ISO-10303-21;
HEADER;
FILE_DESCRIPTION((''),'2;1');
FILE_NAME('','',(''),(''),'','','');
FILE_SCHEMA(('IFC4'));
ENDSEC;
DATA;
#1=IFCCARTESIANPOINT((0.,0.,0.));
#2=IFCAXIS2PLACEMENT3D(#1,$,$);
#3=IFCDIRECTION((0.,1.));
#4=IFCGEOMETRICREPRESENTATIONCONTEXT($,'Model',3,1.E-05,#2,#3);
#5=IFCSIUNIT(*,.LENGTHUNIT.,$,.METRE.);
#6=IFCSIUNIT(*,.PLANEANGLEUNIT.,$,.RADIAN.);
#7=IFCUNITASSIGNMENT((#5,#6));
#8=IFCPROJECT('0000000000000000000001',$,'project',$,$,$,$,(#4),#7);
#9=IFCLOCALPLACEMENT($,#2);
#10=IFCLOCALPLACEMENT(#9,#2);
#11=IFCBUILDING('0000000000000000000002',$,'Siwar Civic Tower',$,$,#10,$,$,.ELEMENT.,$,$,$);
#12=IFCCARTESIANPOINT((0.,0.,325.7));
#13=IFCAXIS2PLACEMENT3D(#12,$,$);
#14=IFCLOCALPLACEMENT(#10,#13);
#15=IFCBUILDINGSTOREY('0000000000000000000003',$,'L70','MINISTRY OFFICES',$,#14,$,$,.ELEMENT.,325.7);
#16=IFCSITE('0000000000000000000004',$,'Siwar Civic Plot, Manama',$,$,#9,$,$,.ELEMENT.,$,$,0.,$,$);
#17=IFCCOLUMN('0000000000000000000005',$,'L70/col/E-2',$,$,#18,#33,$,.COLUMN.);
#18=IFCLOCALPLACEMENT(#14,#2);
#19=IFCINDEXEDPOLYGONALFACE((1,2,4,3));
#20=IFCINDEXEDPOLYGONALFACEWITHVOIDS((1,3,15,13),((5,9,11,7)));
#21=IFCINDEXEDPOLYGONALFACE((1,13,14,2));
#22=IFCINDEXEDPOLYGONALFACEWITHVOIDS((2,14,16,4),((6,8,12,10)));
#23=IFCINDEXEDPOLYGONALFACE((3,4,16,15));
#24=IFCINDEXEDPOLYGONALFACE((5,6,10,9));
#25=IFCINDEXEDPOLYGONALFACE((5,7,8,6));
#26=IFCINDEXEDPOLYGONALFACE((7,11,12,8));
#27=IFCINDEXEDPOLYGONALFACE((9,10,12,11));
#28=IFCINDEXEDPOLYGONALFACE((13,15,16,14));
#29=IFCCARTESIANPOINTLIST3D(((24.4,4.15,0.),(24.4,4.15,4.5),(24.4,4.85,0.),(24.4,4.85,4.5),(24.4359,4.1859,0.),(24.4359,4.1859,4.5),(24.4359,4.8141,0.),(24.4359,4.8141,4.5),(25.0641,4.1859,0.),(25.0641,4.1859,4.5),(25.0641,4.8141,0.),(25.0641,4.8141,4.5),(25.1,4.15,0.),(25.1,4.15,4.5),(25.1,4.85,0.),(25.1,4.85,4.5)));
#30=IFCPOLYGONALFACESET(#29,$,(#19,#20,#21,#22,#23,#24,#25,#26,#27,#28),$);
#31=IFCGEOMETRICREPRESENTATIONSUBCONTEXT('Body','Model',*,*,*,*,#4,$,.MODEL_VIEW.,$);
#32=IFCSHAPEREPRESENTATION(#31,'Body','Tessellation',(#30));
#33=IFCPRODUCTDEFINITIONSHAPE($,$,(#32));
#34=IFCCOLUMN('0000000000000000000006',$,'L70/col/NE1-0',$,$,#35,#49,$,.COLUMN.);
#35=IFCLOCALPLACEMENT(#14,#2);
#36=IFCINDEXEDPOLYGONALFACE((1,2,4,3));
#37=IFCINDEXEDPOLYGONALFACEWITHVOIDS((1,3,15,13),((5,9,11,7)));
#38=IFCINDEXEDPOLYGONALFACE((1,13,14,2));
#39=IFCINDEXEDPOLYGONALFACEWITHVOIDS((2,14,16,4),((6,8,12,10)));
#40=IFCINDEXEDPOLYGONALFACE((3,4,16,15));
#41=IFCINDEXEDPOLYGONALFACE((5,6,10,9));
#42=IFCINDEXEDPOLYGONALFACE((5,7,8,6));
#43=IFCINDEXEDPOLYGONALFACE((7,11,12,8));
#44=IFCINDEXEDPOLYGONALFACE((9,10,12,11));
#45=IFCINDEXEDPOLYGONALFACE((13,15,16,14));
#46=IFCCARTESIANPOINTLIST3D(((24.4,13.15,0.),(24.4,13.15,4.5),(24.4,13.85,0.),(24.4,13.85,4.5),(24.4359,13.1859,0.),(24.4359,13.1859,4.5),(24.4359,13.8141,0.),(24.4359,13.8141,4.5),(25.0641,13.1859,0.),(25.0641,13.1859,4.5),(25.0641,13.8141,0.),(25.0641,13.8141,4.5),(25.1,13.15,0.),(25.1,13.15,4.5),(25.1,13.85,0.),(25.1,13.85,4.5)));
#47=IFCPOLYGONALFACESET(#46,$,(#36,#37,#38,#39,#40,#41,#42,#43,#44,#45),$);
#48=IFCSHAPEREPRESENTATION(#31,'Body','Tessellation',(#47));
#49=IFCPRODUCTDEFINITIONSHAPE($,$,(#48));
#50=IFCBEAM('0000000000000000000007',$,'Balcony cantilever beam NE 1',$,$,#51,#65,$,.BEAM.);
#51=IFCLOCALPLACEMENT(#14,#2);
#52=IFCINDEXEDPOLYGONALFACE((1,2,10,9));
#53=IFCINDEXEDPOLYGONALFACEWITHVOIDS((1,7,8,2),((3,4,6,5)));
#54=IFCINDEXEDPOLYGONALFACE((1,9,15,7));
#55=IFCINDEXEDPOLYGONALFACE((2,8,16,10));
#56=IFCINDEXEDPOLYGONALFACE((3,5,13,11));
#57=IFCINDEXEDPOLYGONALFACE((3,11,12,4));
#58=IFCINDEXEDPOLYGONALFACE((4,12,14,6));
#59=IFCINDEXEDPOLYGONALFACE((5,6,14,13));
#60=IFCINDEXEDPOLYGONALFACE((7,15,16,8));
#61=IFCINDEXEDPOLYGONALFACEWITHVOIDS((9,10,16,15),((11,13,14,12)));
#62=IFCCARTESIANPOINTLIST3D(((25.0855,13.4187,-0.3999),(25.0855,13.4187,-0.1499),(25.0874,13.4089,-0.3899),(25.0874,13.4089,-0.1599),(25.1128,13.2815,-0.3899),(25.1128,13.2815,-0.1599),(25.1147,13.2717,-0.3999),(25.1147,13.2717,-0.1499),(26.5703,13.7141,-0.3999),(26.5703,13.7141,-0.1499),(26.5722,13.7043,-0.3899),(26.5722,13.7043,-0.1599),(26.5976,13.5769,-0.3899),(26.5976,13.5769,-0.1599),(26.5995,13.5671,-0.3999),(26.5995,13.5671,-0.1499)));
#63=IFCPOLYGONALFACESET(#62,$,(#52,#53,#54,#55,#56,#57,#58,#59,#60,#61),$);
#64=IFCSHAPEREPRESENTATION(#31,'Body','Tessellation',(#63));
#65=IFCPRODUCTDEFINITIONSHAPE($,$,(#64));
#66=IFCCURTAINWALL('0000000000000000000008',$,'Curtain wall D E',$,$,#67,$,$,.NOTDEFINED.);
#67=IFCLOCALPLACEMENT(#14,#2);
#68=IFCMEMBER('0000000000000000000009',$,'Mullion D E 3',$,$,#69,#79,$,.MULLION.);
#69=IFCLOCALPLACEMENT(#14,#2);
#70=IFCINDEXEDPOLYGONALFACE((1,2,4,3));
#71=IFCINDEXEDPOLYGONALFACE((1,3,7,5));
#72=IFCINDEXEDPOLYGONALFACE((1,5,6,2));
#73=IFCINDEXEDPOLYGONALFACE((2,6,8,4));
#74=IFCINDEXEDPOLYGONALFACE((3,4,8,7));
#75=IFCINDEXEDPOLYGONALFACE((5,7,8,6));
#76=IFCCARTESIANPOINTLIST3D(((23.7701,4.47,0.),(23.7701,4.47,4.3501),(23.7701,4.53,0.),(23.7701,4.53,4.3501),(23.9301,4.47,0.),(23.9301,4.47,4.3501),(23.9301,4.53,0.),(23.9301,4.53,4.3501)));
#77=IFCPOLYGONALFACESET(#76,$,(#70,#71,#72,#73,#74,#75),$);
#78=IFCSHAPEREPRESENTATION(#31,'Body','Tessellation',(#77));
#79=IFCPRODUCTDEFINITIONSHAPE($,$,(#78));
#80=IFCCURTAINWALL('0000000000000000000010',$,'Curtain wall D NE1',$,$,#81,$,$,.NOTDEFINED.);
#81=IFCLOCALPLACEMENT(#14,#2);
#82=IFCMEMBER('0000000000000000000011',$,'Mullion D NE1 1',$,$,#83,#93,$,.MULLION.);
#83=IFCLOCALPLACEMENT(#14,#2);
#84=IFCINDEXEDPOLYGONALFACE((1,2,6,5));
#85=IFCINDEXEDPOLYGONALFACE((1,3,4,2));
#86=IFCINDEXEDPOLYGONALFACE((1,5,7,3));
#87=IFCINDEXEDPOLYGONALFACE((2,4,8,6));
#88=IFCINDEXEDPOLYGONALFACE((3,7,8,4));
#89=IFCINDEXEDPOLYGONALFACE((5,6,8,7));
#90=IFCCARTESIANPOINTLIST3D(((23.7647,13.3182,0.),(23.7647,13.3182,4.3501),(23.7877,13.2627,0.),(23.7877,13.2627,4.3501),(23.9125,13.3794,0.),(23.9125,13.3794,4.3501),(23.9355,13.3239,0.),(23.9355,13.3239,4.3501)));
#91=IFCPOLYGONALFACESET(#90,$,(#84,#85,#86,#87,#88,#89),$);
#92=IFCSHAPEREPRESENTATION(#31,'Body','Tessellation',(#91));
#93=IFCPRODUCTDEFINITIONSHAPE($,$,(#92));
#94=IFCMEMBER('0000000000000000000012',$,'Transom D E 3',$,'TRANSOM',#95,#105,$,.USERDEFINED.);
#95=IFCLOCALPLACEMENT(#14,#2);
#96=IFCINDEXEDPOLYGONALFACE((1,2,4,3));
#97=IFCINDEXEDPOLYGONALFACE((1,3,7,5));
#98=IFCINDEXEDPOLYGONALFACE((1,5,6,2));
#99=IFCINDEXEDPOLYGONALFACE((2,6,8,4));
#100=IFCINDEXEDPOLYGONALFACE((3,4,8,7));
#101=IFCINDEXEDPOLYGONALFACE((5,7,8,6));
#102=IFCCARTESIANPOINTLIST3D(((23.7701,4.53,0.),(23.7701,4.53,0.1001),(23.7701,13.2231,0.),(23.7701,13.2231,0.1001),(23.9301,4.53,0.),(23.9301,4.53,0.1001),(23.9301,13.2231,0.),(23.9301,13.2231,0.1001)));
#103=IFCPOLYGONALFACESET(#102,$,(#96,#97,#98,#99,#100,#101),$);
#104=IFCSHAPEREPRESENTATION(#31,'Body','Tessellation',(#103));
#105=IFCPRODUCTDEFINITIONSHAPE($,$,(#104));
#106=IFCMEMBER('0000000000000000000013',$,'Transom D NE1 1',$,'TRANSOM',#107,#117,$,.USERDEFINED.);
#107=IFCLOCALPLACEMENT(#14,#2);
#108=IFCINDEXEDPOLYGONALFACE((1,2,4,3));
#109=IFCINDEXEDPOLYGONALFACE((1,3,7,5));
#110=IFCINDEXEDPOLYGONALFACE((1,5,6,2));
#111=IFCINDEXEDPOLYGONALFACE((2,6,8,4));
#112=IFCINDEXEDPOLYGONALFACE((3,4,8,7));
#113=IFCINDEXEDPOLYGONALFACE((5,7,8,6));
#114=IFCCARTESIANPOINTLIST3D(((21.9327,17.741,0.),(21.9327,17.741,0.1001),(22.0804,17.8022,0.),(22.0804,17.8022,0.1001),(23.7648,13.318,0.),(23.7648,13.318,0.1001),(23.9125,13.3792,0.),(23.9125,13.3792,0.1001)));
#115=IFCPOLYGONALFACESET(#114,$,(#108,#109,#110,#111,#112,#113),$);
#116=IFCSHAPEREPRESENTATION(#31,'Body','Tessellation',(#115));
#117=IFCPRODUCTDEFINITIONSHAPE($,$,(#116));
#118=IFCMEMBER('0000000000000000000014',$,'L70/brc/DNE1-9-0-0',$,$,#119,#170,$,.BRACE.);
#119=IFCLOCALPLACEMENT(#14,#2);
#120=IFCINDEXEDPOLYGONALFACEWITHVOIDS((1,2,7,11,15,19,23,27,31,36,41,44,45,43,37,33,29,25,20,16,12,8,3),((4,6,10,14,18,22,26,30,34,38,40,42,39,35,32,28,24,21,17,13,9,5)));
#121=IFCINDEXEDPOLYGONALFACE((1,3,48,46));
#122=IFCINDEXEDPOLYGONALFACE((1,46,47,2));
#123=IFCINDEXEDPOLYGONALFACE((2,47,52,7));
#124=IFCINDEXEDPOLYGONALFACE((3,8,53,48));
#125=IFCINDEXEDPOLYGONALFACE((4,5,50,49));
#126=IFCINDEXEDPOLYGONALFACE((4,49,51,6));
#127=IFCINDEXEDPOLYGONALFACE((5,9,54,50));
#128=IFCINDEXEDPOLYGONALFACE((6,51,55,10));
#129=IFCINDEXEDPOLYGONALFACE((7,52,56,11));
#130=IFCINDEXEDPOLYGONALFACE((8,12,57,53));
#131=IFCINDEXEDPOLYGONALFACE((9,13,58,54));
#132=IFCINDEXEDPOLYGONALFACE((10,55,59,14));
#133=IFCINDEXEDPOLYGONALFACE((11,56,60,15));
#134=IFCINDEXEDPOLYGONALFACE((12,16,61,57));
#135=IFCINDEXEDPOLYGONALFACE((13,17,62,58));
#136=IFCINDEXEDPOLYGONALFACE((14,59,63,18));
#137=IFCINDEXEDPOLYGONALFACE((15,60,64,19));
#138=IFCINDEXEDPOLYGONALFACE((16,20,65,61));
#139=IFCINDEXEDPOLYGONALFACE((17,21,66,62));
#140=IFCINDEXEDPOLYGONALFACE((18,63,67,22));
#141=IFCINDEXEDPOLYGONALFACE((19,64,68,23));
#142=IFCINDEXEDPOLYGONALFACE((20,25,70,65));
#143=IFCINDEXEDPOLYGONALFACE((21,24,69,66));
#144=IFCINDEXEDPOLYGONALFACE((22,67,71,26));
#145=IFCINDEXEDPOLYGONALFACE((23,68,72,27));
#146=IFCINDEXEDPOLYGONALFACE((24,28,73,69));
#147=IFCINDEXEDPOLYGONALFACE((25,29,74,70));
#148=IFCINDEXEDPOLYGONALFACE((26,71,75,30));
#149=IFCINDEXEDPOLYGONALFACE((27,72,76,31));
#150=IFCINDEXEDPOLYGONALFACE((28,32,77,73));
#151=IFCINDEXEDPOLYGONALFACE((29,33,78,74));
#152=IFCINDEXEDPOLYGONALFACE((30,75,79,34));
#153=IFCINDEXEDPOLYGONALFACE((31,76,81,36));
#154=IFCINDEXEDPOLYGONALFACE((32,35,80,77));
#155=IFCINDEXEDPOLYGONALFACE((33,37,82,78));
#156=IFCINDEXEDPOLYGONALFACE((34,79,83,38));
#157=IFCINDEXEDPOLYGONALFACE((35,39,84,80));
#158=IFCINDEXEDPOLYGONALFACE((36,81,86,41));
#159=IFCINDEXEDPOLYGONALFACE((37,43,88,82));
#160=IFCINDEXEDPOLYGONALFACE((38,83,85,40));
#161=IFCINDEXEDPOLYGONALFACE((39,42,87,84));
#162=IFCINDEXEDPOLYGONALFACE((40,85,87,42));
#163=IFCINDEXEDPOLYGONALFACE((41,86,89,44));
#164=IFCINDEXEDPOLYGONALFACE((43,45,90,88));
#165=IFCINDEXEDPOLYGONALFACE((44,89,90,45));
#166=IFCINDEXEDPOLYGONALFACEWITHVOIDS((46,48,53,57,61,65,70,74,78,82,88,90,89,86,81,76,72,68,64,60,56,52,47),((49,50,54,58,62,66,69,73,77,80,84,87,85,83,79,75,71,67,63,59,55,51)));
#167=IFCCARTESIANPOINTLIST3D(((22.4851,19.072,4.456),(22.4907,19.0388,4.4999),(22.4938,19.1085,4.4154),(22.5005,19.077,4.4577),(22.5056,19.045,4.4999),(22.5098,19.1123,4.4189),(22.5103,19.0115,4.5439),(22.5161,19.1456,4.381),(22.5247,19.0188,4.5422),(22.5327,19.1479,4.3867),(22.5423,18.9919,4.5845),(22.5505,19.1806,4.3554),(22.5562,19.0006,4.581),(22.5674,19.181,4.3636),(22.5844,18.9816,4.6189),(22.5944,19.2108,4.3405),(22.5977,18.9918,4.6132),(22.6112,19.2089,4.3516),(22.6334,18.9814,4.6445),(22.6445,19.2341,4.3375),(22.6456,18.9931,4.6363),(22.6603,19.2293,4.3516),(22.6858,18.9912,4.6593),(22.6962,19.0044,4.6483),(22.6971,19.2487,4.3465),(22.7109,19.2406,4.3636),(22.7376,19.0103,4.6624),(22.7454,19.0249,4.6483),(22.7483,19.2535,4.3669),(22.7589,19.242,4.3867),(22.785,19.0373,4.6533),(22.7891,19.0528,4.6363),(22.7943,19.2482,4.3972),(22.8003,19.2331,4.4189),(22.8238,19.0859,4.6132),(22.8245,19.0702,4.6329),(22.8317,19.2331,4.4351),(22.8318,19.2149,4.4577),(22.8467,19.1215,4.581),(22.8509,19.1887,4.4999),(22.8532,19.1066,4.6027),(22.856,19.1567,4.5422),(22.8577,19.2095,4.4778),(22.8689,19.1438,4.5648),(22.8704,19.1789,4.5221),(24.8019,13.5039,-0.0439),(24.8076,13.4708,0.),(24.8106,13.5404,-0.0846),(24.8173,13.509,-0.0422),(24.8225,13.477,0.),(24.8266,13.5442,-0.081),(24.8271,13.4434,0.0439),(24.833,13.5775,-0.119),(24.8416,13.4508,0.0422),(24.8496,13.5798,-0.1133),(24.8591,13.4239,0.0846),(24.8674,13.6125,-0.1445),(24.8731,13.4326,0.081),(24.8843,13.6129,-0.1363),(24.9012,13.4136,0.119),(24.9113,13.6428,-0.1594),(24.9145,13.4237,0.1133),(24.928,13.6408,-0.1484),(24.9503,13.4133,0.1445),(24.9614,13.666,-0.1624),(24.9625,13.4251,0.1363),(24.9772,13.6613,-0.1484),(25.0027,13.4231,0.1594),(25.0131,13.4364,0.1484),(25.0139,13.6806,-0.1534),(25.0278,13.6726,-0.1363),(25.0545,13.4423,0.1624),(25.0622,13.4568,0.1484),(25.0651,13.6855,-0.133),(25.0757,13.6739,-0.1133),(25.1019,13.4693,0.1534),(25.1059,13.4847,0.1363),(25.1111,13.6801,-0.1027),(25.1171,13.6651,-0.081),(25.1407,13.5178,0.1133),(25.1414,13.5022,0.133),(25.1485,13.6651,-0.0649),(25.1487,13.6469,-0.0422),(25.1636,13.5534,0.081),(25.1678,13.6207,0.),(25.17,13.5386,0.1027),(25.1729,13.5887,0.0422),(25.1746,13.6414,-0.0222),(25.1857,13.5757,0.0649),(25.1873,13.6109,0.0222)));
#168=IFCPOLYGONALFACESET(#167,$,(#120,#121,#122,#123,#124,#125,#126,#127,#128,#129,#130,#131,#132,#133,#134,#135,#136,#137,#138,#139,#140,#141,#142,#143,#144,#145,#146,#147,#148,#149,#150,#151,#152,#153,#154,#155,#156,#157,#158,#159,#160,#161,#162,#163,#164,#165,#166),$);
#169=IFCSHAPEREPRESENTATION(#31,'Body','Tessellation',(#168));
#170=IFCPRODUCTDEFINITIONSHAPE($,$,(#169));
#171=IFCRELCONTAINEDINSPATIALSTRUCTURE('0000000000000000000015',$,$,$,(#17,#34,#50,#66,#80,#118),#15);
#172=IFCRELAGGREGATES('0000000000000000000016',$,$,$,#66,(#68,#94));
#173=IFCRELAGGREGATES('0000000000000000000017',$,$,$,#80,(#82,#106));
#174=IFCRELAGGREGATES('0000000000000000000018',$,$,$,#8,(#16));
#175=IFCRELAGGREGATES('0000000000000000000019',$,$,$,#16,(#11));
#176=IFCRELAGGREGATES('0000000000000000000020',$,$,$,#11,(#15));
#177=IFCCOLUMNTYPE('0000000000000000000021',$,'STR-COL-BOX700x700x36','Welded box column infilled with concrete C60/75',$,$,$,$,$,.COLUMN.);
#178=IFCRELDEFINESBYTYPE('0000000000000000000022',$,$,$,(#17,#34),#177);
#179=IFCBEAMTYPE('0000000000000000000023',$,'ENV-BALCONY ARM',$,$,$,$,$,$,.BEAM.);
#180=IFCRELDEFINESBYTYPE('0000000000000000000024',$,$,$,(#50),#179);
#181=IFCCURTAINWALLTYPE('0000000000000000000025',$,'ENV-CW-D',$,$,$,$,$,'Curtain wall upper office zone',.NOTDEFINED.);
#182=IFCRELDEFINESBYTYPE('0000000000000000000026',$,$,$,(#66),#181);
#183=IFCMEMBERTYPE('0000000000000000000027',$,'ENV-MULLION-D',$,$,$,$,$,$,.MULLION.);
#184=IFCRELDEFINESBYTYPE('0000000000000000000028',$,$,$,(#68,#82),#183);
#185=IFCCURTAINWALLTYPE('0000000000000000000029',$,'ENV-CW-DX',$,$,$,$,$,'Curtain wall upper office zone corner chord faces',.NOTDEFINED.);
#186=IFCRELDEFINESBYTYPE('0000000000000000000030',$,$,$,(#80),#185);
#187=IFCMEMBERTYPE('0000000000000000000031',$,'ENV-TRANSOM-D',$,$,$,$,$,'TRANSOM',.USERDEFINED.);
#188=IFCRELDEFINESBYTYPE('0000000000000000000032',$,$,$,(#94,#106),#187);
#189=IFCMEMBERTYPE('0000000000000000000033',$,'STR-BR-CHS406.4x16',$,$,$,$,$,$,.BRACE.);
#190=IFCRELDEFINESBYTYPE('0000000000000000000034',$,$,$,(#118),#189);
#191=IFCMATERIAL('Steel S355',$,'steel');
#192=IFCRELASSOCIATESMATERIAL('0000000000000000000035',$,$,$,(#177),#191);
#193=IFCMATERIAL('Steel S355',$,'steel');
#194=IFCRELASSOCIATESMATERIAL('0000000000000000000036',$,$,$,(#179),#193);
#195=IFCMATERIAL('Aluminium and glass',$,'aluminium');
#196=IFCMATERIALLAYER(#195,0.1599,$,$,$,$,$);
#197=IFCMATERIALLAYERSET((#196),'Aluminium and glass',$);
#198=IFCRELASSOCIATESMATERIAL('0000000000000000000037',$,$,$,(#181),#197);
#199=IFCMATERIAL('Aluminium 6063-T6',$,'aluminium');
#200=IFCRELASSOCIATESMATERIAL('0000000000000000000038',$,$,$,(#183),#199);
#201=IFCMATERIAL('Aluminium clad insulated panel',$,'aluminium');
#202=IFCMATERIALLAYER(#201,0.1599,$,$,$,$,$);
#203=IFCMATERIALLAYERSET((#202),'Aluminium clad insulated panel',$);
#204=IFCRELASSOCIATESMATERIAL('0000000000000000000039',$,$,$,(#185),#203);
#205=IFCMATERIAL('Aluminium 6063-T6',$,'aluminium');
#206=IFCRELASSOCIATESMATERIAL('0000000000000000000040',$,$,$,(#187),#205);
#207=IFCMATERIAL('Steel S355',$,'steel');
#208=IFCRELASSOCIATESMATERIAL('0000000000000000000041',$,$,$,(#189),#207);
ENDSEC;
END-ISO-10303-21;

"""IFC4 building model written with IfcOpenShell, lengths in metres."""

from ifc_helpers import new_model, si_unit, direction, frame, origin, origin_2d, place, context, subcontext, project, spatial, rectangle, hollow_rectangle, hollow_circle, extrude, material, layer, layer_set, material_profile, profile_set, type_object, element, aggregate, save


model = new_model("IFC4")

# Units and contexts
model_context = context("Model", 3, precision=1e-05, world=origin(), true_north=direction((0.0, 1.0)))
body_context = subcontext(model_context, "Body", "Model", "MODEL_VIEW")
ifc_project = project(units=[si_unit("LENGTHUNIT", "METRE"), si_unit("PLANEANGLEUNIT", "RADIAN")], contexts=[model_context])

# Site, building, storey
site_placement = place(None, origin())
site = spatial("IfcSite", under=ifc_project, at=site_placement, Name="Siwar Civic Plot, Manama", CompositionType="ELEMENT", RefElevation=0.0)
building_placement = place(site_placement, origin())
building = spatial("IfcBuilding", under=site, at=building_placement, Name="Siwar Civic Tower", CompositionType="ELEMENT")
storey_placement = place(building_placement, frame((0.0, 0.0, 325.7)))
storey = spatial("IfcBuildingStorey", under=building, at=storey_placement, Name="L70", Description="MINISTRY OFFICES", CompositionType="ELEMENT", Elevation=325.7)

# Columns
ifc_material_1 = material(Name="Steel S355", Category="steel")
ifc_material_profile_1 = material_profile(ifc_material_1, hollow_rectangle(XDim=0.7, YDim=0.7, WallThickness=0.0359, at=origin_2d()), Name="BOX700x700x36")
ifc_profile_set_1 = profile_set([ifc_material_profile_1], Name="Steel S355")
column_type = type_object("IfcColumnType", Name="STR-COL-BOX700x700x36", Description="Welded box column infilled with concrete C60/75", PredefinedType="COLUMN", material=ifc_profile_set_1)
for number, where, z_axis, x_axis, name in (
    (1, (24.75, 4.5, 0.0), (0.0, 0.0, 1.0), (1.0, 0.0, 0.0), "L70/col/E-2"),
    (2, (24.75, 13.5, 0.0), (0.0, 0.0, 1.0), (1.0, 0.0, 0.0), "L70/col/NE1-0"),
):
    element("IfcColumn", number, at=place(storey_placement, frame(where, z_axis=z_axis, x_axis=x_axis)), inside=storey, type_object=column_type, Name=name, PredefinedType="COLUMN", context=body_context, shape_type="SweptSolid", body=[
        extrude(hollow_rectangle(XDim=0.7, YDim=0.7, WallThickness=0.0359, at=origin_2d()), origin(), (0.0, 0.0, 1.0), 4.5),
    ])

# Beam
ifc_material_2 = material(Name="Steel S355", Category="steel")
ifc_material_profile_2 = material_profile(ifc_material_2, hollow_rectangle(XDim=0.1499, YDim=0.25, WallThickness=0.01, at=origin_2d()), Name="RHS250x150x10")
ifc_profile_set_2 = profile_set([ifc_material_profile_2], Name="Steel S355")
beam_type_1 = type_object("IfcBeamType", Name="ENV-BALCONY ARM", PredefinedType="BEAM", material=ifc_profile_set_2)
beam_1_placement = place(storey_placement, frame((25.1001, 13.3452, -0.2749), z_axis=(0.980779, 0.195124, 0.0), x_axis=(-0.195124, 0.980779, 0.0)))
element("IfcBeam", 3, at=beam_1_placement, inside=storey, type_object=beam_type_1, Name="Balcony cantilever beam NE 1", PredefinedType="BEAM", context=body_context, shape_type="SweptSolid", body=[
    extrude(hollow_rectangle(XDim=0.1499, YDim=0.25, WallThickness=0.01, at=origin_2d()), origin(), (0.0, 0.0, 1.0), 1.5139),
])

# Curtain walls, members
ifc_material_3 = material(Name="Aluminium and glass", Category="aluminium")
ifc_layer_1 = layer(ifc_material_3, 0.1599)
ifc_layer_set_1 = layer_set([ifc_layer_1], Name="Aluminium and glass")
curtain_wall_type_1 = type_object("IfcCurtainWallType", Name="ENV-CW-D", ElementType="Curtain wall upper office zone", PredefinedType="NOTDEFINED", material=ifc_layer_set_1)
curtain_wall_1_placement = place(storey_placement, origin())
curtain_wall_1 = element("IfcCurtainWall", 4, at=curtain_wall_1_placement, inside=storey, type_object=curtain_wall_type_1, Name="Curtain wall D E", PredefinedType="NOTDEFINED")
ifc_material_4 = material(Name="Aluminium 6063-T6", Category="aluminium")
ifc_material_profile_3 = material_profile(ifc_material_4, rectangle(XDim=0.1599, YDim=0.0601, at=origin_2d()), Name="AL 160x60")
ifc_profile_set_3 = profile_set([ifc_material_profile_3], Name="Aluminium 6063-T6")
member_type_1 = type_object("IfcMemberType", Name="ENV-MULLION-D", PredefinedType="MULLION", material=ifc_profile_set_3)
member_1_placement = place(storey_placement, frame((23.8501, 4.5, 0.0), z_axis=(0.0, 0.0, 1.0), x_axis=(-1.0, 0.0, 0.0)))
member_1 = element("IfcMember", 5, at=member_1_placement, type_object=member_type_1, Name="Mullion D E 3", PredefinedType="MULLION", context=body_context, shape_type="SweptSolid", body=[
    extrude(rectangle(XDim=0.1599, YDim=0.0601, at=origin_2d()), origin(), (0.0, 0.0, 1.0), 4.3501),
])
ifc_material_5 = material(Name="Aluminium clad insulated panel", Category="aluminium")
ifc_layer_2 = layer(ifc_material_5, 0.1599)
ifc_layer_set_2 = layer_set([ifc_layer_2], Name="Aluminium clad insulated panel")
curtain_wall_type_2 = type_object("IfcCurtainWallType", Name="ENV-CW-DX", ElementType="Curtain wall upper office zone corner chord faces", PredefinedType="NOTDEFINED", material=ifc_layer_set_2)
curtain_wall_2_placement = place(storey_placement, origin())
curtain_wall_2 = element("IfcCurtainWall", 6, at=curtain_wall_2_placement, inside=storey, type_object=curtain_wall_type_2, Name="Curtain wall D NE1", PredefinedType="NOTDEFINED")
member_2_placement = place(storey_placement, frame((23.8501, 13.321, 0.0), z_axis=(0.0, 0.0, 1.0), x_axis=(-0.92388, -0.382683, 0.0)))
member_2 = element("IfcMember", 7, at=member_2_placement, type_object=member_type_1, Name="Mullion D NE1 1", PredefinedType="MULLION", context=body_context, shape_type="SweptSolid", body=[
    extrude(rectangle(XDim=0.1599, YDim=0.0601, at=origin_2d()), origin(), (0.0, 0.0, 1.0), 4.3501),
])

# Members
ifc_material_6 = material(Name="Aluminium 6063-T6", Category="aluminium")
ifc_material_profile_4 = material_profile(ifc_material_6, rectangle(XDim=0.1599, YDim=0.1001, at=origin_2d()), Name="AL 160x100")
ifc_profile_set_4 = profile_set([ifc_material_profile_4], Name="Aluminium 6063-T6")
member_type_2 = type_object("IfcMemberType", Name="ENV-TRANSOM-D", ElementType="TRANSOM", PredefinedType="USERDEFINED", material=ifc_profile_set_4)
member_3_placement = place(storey_placement, frame((23.8501, 4.53, 0.05), z_axis=(0.0, 1.0, 0.0), x_axis=(-1.0, 0.0, 0.0)))
member_3 = element("IfcMember", 8, at=member_3_placement, type_object=member_type_2, Name="Transom D E 3", ObjectType="TRANSOM", PredefinedType="USERDEFINED", context=body_context, shape_type="SweptSolid", body=[
    extrude(rectangle(XDim=0.1599, YDim=0.1001, at=origin_2d()), origin(), (0.0, 0.0, 1.0), 8.6931),
])
member_4_placement = place(storey_placement, frame((23.8386, 13.3486, 0.05), z_axis=(-0.382688, 0.923878, 0.0), x_axis=(-0.923878, -0.382688, 0.0)))
member_4 = element("IfcMember", 9, at=member_4_placement, type_object=member_type_2, Name="Transom D NE1 1", ObjectType="TRANSOM", PredefinedType="USERDEFINED", context=body_context, shape_type="SweptSolid", body=[
    extrude(rectangle(XDim=0.1599, YDim=0.1001, at=origin_2d()), origin(), (0.0, 0.0, 1.0), 4.7874),
])
ifc_material_7 = material(Name="Steel S355", Category="steel")
ifc_material_profile_5 = material_profile(ifc_material_7, hollow_circle(Radius=0.2031, WallThickness=0.0161, at=origin_2d()), Name="CHS406.4x16")
ifc_profile_set_5 = profile_set([ifc_material_profile_5], Name="Steel S355")
member_type_3 = type_object("IfcMemberType", Name="STR-BR-CHS406.4x16", PredefinedType="BRACE", material=ifc_profile_set_5)
member_5_placement = place(storey_placement, frame((24.9951, 13.5488, 0.0), z_axis=(-0.307903, 0.739973, 0.598026), x_axis=(-0.923262, -0.38417, 0.0)))
element("IfcMember", 10, at=member_5_placement, inside=storey, type_object=member_type_3, Name="L70/brc/DNE1-9-0-0", PredefinedType="BRACE", context=body_context, shape_type="SweptSolid", body=[
    extrude(hollow_circle(Radius=0.2031, WallThickness=0.0161, at=origin_2d()), origin(), (0.0, 0.0, 1.0), 7.5247),
])

aggregate(curtain_wall_1, [member_1, member_3])
aggregate(curtain_wall_2, [member_2, member_4])

save(model, "model.ifc")
